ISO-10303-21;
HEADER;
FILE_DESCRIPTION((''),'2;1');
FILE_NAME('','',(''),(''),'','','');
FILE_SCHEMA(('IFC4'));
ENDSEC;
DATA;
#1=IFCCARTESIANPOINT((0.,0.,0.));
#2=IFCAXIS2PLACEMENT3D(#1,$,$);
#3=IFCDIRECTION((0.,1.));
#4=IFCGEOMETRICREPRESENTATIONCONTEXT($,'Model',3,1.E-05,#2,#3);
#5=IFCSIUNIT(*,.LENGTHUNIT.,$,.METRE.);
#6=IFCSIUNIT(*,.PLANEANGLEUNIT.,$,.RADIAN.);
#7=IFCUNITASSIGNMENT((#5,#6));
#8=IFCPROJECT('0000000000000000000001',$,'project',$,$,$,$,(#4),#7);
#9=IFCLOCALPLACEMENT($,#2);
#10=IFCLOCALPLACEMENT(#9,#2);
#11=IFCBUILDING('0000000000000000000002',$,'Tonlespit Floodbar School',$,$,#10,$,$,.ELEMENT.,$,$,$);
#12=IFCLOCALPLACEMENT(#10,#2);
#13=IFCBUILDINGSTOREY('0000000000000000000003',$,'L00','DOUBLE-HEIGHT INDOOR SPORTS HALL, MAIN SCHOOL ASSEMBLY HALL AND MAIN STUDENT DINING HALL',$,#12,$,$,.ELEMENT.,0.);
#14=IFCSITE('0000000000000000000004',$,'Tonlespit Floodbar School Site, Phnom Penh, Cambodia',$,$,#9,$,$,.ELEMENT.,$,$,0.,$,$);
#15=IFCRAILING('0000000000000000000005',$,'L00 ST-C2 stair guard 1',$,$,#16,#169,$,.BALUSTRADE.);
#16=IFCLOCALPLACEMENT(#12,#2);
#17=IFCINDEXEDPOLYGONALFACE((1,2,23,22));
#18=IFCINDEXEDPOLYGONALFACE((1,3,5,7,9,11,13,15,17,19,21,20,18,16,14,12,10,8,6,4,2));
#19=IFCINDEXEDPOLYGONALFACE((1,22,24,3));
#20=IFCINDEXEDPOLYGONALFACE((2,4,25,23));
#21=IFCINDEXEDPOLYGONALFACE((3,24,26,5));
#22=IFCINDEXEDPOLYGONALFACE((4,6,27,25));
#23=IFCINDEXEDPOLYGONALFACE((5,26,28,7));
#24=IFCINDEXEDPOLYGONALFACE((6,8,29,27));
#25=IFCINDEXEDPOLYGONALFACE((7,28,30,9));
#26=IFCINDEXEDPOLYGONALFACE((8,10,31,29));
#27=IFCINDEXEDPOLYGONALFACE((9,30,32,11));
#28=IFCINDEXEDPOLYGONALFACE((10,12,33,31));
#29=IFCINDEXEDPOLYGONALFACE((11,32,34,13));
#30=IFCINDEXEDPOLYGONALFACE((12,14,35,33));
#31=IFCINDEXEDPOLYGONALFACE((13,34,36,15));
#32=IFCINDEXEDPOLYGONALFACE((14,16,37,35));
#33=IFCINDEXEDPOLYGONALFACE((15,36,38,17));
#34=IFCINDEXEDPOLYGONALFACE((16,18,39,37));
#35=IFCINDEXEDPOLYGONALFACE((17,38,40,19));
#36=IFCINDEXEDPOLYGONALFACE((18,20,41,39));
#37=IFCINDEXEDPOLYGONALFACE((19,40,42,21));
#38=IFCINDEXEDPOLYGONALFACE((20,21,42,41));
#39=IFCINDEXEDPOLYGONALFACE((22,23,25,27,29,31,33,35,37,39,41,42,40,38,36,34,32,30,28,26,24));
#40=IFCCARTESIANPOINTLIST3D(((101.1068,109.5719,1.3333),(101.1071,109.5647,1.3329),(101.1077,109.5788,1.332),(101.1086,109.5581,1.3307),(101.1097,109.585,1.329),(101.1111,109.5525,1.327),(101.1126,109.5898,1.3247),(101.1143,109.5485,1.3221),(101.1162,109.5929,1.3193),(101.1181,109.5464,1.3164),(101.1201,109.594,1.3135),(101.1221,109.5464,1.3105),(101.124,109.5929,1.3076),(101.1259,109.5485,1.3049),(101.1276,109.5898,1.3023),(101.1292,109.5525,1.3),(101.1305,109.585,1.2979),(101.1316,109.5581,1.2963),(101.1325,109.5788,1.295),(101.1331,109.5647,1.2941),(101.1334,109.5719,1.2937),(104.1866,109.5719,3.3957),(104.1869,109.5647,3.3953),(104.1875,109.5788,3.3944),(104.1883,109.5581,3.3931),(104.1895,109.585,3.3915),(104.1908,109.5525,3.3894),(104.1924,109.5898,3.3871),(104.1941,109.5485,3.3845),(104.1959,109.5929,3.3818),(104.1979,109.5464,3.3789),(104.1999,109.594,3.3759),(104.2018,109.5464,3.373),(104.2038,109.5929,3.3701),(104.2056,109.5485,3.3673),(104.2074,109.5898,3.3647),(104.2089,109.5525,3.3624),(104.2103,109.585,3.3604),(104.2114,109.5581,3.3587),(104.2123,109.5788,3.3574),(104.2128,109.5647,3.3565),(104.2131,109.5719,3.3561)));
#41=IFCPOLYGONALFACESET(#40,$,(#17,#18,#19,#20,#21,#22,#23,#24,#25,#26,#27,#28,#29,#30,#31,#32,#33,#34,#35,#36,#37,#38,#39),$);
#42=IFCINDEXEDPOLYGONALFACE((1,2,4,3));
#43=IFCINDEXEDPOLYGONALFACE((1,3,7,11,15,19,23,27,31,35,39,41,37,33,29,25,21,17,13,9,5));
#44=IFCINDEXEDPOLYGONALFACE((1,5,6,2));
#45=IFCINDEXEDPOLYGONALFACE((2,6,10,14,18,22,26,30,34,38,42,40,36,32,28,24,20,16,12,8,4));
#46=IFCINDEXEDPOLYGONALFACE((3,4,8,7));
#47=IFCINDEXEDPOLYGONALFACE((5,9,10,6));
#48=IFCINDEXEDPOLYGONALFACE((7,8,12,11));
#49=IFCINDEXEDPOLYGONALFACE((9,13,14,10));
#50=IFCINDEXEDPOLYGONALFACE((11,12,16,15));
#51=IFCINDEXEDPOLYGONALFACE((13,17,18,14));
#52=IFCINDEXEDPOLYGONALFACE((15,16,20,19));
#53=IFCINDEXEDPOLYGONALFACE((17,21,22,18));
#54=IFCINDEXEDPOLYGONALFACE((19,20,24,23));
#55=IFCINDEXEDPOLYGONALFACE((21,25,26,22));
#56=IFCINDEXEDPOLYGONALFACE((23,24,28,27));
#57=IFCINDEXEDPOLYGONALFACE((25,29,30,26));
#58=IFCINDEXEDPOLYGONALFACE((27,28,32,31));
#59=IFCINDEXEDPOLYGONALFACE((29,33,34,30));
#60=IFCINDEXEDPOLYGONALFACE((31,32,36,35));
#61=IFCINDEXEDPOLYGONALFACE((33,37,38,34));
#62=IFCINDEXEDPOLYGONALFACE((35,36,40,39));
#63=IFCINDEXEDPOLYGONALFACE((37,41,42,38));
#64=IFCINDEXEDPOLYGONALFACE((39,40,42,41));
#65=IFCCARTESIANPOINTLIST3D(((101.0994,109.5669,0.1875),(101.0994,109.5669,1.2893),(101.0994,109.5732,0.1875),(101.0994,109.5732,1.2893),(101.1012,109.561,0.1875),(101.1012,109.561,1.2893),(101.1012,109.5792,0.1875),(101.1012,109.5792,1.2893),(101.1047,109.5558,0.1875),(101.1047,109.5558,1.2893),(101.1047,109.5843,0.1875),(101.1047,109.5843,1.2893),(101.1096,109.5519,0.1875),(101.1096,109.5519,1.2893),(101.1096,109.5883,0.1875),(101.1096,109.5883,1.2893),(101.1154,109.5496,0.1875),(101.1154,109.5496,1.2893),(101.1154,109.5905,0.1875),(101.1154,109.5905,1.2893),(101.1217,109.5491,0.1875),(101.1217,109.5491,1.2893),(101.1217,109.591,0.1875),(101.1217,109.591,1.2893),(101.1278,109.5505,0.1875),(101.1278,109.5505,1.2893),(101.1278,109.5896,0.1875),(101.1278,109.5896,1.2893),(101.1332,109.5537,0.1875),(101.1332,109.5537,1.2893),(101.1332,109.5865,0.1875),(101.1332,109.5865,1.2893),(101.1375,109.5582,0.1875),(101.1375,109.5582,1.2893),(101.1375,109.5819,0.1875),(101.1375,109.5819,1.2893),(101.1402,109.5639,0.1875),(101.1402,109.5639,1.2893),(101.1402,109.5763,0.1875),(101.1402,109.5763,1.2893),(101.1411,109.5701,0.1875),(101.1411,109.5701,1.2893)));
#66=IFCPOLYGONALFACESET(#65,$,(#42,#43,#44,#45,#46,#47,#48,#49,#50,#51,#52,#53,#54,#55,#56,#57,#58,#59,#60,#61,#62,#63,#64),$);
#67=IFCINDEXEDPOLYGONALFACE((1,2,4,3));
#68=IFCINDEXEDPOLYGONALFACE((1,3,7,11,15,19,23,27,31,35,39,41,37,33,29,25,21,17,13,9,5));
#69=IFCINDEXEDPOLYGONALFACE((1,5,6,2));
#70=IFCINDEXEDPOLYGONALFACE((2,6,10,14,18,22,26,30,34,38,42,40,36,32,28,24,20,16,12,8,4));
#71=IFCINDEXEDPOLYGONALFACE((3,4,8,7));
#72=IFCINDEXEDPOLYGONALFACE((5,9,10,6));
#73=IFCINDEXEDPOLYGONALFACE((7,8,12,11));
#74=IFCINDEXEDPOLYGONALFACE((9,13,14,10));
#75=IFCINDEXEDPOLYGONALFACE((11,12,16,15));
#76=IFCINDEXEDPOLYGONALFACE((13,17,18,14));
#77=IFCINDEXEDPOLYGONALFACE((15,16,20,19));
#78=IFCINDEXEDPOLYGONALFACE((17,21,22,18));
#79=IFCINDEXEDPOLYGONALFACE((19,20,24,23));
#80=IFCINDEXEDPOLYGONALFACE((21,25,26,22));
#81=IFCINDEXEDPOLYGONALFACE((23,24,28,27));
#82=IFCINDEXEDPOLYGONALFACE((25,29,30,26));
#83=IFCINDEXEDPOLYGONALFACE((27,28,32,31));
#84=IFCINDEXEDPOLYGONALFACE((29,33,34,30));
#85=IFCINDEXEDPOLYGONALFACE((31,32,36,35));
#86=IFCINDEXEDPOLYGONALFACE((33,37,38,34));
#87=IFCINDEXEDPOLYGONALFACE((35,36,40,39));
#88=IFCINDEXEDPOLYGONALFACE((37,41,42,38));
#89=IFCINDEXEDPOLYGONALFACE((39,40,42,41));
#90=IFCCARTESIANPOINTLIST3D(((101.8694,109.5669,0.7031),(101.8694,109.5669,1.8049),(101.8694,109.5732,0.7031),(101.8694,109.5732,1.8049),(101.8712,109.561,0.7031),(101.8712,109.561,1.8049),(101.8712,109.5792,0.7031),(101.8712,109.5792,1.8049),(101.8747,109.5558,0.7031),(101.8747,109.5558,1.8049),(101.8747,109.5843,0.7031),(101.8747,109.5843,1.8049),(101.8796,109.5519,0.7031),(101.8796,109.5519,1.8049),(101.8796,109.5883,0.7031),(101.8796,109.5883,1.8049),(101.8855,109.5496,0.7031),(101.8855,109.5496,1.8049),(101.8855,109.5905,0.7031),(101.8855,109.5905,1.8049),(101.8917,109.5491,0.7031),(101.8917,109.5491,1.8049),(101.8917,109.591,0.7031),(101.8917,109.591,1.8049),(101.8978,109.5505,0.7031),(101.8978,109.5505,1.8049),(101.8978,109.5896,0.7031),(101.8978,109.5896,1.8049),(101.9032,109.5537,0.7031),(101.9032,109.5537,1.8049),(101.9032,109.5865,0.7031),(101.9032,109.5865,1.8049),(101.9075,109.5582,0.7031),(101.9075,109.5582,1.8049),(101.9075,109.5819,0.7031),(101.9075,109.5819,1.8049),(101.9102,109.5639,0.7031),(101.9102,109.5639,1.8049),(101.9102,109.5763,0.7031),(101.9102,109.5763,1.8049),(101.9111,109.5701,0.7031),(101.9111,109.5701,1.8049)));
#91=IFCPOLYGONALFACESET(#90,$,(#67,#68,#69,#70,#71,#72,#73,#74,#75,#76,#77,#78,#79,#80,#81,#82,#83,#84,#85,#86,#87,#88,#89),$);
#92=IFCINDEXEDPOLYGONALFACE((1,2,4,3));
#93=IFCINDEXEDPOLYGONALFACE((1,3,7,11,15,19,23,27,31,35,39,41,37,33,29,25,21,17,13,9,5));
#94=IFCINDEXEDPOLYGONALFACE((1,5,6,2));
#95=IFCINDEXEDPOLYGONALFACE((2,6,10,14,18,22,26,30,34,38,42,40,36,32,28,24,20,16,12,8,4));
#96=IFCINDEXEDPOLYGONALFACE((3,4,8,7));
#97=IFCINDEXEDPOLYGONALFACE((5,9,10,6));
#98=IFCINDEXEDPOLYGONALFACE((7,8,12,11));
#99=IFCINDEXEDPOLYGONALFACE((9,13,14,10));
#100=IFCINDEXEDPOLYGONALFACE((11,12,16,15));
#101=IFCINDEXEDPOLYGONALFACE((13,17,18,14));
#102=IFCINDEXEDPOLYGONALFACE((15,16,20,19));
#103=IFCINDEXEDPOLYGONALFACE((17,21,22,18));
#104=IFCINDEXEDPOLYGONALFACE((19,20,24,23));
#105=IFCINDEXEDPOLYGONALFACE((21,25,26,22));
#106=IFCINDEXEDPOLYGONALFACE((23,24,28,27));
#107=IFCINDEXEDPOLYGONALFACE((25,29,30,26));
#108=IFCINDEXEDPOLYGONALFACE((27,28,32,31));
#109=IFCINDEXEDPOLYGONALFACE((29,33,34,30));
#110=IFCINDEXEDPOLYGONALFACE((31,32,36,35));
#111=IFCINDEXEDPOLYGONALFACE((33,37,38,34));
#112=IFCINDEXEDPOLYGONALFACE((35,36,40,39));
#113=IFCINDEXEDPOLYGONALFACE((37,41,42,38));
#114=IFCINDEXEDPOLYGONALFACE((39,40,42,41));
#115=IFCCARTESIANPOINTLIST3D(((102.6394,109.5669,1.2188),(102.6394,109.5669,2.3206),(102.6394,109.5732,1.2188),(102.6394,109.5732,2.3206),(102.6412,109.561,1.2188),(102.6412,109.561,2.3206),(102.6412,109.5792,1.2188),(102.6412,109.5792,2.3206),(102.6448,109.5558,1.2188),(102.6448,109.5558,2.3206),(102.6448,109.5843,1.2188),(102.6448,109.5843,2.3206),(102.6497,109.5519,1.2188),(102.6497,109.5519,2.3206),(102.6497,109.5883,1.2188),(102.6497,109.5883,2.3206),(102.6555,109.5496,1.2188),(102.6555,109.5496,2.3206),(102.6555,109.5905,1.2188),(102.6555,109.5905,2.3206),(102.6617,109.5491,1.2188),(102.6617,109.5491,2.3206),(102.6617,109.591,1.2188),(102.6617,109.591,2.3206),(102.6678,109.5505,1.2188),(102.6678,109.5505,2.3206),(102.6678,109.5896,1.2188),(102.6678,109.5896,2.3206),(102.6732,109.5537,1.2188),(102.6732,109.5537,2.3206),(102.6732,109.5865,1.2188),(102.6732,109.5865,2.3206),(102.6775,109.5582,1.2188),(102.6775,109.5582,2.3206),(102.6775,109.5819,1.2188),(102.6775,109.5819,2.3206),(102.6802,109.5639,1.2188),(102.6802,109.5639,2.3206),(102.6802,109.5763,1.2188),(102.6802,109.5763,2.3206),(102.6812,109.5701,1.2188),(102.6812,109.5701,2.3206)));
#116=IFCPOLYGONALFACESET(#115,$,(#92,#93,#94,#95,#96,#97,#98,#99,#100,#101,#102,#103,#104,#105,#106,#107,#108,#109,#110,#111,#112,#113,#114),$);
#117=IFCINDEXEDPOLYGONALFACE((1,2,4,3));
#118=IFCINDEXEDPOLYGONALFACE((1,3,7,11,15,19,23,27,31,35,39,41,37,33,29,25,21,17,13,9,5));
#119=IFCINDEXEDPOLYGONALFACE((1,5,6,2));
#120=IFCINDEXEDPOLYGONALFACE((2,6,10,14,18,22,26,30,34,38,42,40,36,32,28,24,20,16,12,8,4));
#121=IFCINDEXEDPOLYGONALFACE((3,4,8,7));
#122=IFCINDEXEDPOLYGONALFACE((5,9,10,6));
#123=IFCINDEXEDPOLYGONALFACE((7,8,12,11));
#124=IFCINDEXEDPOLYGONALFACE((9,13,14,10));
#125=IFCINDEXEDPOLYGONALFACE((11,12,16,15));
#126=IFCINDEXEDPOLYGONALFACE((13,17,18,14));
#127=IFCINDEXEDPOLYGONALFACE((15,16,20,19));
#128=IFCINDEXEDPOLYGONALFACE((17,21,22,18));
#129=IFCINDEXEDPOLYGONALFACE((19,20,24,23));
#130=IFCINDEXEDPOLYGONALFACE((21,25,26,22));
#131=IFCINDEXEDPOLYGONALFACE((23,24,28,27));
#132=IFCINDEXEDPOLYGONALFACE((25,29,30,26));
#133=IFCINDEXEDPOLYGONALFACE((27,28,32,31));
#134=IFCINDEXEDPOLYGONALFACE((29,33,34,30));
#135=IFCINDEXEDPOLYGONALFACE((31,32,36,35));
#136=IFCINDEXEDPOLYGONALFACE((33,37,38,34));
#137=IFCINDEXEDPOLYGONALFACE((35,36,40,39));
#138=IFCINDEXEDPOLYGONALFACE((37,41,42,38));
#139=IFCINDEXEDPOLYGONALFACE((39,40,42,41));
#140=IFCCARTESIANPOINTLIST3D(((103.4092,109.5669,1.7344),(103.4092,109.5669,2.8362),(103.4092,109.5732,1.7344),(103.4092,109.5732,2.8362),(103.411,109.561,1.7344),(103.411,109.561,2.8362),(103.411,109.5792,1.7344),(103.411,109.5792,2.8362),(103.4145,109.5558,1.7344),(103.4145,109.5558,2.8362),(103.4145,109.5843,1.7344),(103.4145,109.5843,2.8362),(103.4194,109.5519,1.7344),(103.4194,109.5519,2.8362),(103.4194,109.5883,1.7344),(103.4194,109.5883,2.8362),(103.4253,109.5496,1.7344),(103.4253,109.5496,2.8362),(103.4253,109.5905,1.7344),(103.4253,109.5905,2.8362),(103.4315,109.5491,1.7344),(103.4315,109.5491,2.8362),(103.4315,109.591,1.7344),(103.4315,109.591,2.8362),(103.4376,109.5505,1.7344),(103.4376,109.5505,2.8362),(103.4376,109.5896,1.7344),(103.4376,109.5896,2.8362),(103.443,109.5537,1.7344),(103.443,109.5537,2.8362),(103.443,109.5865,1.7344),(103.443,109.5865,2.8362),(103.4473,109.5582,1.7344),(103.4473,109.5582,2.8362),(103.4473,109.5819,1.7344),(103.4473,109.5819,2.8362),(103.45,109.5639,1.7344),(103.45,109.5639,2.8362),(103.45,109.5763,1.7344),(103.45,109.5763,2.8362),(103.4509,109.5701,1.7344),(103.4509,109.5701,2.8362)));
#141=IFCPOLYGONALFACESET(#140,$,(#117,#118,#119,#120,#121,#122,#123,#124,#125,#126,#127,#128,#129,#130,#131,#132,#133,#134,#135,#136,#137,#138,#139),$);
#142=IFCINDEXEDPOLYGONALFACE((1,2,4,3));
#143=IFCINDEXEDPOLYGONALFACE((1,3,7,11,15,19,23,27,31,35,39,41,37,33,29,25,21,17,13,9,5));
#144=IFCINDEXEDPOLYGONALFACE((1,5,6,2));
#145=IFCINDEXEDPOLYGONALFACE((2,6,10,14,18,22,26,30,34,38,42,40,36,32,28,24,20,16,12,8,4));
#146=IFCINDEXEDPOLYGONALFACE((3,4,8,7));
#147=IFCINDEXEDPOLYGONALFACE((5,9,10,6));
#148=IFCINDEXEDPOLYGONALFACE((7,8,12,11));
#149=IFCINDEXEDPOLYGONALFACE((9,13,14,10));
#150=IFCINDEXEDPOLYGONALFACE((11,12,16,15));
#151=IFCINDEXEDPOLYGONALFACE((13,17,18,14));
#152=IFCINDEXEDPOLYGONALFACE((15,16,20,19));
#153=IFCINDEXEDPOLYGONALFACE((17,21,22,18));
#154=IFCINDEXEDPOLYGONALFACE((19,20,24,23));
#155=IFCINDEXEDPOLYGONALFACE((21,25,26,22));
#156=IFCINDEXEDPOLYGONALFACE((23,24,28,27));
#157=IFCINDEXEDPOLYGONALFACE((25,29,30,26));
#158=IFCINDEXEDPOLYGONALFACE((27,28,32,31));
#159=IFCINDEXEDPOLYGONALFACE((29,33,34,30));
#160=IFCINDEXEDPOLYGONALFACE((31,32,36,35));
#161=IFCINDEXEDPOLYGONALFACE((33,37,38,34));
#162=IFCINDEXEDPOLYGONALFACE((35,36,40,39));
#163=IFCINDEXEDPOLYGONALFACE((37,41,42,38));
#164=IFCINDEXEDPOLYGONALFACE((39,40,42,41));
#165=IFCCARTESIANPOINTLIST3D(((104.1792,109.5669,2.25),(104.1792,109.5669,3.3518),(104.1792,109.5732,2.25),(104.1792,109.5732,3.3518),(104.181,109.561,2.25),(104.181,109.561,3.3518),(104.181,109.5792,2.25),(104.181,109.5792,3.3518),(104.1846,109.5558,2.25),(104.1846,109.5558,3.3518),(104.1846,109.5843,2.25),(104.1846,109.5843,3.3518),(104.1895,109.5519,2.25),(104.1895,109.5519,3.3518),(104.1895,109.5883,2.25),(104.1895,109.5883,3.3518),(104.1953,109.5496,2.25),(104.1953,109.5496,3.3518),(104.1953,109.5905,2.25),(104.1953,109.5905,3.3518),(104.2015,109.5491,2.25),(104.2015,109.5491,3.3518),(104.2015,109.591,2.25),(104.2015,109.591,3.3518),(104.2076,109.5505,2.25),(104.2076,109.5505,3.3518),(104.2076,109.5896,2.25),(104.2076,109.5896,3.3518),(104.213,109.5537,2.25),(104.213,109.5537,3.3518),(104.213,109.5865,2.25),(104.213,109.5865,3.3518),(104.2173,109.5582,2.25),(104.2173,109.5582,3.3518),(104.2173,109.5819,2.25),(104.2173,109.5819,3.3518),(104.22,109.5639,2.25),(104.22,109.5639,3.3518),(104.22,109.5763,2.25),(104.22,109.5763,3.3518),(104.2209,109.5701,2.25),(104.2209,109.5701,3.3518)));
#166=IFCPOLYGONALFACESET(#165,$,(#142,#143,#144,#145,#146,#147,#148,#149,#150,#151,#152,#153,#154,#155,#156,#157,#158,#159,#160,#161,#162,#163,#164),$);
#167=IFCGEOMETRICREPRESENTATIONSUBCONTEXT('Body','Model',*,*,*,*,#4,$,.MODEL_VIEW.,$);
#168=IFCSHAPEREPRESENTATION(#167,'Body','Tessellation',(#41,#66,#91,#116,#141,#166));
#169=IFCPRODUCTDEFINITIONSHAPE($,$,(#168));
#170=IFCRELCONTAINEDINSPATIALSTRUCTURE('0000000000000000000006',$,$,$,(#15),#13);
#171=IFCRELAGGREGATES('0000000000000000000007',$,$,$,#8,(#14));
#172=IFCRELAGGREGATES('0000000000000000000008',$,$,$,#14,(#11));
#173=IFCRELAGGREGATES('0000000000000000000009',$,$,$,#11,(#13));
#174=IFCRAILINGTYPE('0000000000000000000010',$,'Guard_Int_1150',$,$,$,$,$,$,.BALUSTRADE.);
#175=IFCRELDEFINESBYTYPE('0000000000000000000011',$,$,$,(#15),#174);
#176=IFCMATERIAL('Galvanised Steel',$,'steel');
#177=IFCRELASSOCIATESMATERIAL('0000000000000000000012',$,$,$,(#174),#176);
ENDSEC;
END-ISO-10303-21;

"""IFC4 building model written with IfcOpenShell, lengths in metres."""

from ifc_helpers import new_model, si_unit, direction, frame, origin, origin_2d, place, context, subcontext, project, spatial, circle, extrude, material, type_object, element, save


model = new_model("IFC4")

# Units and contexts
model_context = context("Model", 3, precision=1e-05, world=origin(), true_north=direction((0.0, 1.0)))
body_context = subcontext(model_context, "Body", "Model", "MODEL_VIEW")
ifc_project = project(units=[si_unit("LENGTHUNIT", "METRE"), si_unit("PLANEANGLEUNIT", "RADIAN")], contexts=[model_context])

# Site, building, storey
site_placement = place(None, origin())
site = spatial("IfcSite", under=ifc_project, at=site_placement, Name="Tonlespit Floodbar School Site, Phnom Penh, Cambodia", CompositionType="ELEMENT", RefElevation=0.0)
building_placement = place(site_placement, origin())
building = spatial("IfcBuilding", under=site, at=building_placement, Name="Tonlespit Floodbar School", CompositionType="ELEMENT")
storey_placement = place(building_placement, origin())
storey = spatial("IfcBuildingStorey", under=building, at=storey_placement, Name="L00", Description="DOUBLE-HEIGHT INDOOR SPORTS HALL, MAIN SCHOOL ASSEMBLY HALL AND MAIN STUDENT DINING HALL", CompositionType="ELEMENT", Elevation=0.0)

# Shared definitions
ifc_material_1 = material(Name="Galvanised Steel", Category="steel")

# Railing
railing_type_1 = type_object("IfcRailingType", Name="Guard_Int_1150", PredefinedType="BALUSTRADE", material=ifc_material_1)
railing_1_placement = place(storey_placement, frame((101.1201, 109.5701, 0.1875)))
element("IfcRailing", 1, at=railing_1_placement, inside=storey, type_object=railing_type_1, Name="L00 ST-C2 stair guard 1", PredefinedType="BALUSTRADE", context=body_context, shape_type="SweptSolid", body=[
    extrude(circle(Radius=0.0239, at=origin_2d()), frame((0.0, 0.0, 1.126), z_axis=(0.830893, 0.0, 0.556432), x_axis=(0.0, 1.0, 0.0)), (0.0, 0.0, 1.0), 3.7065),
    extrude(circle(Radius=0.021, at=origin_2d()), origin(), (0.0, 0.0, 1.0), 1.1018),
    extrude(circle(Radius=0.021, at=origin_2d()), frame((0.77, 0.0, 0.5156)), (0.0, 0.0, 1.0), 1.1018),
    extrude(circle(Radius=0.021, at=origin_2d()), frame((1.54, 0.0, 1.0312)), (0.0, 0.0, 1.0), 1.1018),
    extrude(circle(Radius=0.021, at=origin_2d()), frame((2.3098, 0.0, 1.5469)), (0.0, 0.0, 1.0), 1.1018),
    extrude(circle(Radius=0.021, at=origin_2d()), frame((3.0798, 0.0, 2.0625)), (0.0, 0.0, 1.0), 1.1018),
])

save(model, "model.ifc")
